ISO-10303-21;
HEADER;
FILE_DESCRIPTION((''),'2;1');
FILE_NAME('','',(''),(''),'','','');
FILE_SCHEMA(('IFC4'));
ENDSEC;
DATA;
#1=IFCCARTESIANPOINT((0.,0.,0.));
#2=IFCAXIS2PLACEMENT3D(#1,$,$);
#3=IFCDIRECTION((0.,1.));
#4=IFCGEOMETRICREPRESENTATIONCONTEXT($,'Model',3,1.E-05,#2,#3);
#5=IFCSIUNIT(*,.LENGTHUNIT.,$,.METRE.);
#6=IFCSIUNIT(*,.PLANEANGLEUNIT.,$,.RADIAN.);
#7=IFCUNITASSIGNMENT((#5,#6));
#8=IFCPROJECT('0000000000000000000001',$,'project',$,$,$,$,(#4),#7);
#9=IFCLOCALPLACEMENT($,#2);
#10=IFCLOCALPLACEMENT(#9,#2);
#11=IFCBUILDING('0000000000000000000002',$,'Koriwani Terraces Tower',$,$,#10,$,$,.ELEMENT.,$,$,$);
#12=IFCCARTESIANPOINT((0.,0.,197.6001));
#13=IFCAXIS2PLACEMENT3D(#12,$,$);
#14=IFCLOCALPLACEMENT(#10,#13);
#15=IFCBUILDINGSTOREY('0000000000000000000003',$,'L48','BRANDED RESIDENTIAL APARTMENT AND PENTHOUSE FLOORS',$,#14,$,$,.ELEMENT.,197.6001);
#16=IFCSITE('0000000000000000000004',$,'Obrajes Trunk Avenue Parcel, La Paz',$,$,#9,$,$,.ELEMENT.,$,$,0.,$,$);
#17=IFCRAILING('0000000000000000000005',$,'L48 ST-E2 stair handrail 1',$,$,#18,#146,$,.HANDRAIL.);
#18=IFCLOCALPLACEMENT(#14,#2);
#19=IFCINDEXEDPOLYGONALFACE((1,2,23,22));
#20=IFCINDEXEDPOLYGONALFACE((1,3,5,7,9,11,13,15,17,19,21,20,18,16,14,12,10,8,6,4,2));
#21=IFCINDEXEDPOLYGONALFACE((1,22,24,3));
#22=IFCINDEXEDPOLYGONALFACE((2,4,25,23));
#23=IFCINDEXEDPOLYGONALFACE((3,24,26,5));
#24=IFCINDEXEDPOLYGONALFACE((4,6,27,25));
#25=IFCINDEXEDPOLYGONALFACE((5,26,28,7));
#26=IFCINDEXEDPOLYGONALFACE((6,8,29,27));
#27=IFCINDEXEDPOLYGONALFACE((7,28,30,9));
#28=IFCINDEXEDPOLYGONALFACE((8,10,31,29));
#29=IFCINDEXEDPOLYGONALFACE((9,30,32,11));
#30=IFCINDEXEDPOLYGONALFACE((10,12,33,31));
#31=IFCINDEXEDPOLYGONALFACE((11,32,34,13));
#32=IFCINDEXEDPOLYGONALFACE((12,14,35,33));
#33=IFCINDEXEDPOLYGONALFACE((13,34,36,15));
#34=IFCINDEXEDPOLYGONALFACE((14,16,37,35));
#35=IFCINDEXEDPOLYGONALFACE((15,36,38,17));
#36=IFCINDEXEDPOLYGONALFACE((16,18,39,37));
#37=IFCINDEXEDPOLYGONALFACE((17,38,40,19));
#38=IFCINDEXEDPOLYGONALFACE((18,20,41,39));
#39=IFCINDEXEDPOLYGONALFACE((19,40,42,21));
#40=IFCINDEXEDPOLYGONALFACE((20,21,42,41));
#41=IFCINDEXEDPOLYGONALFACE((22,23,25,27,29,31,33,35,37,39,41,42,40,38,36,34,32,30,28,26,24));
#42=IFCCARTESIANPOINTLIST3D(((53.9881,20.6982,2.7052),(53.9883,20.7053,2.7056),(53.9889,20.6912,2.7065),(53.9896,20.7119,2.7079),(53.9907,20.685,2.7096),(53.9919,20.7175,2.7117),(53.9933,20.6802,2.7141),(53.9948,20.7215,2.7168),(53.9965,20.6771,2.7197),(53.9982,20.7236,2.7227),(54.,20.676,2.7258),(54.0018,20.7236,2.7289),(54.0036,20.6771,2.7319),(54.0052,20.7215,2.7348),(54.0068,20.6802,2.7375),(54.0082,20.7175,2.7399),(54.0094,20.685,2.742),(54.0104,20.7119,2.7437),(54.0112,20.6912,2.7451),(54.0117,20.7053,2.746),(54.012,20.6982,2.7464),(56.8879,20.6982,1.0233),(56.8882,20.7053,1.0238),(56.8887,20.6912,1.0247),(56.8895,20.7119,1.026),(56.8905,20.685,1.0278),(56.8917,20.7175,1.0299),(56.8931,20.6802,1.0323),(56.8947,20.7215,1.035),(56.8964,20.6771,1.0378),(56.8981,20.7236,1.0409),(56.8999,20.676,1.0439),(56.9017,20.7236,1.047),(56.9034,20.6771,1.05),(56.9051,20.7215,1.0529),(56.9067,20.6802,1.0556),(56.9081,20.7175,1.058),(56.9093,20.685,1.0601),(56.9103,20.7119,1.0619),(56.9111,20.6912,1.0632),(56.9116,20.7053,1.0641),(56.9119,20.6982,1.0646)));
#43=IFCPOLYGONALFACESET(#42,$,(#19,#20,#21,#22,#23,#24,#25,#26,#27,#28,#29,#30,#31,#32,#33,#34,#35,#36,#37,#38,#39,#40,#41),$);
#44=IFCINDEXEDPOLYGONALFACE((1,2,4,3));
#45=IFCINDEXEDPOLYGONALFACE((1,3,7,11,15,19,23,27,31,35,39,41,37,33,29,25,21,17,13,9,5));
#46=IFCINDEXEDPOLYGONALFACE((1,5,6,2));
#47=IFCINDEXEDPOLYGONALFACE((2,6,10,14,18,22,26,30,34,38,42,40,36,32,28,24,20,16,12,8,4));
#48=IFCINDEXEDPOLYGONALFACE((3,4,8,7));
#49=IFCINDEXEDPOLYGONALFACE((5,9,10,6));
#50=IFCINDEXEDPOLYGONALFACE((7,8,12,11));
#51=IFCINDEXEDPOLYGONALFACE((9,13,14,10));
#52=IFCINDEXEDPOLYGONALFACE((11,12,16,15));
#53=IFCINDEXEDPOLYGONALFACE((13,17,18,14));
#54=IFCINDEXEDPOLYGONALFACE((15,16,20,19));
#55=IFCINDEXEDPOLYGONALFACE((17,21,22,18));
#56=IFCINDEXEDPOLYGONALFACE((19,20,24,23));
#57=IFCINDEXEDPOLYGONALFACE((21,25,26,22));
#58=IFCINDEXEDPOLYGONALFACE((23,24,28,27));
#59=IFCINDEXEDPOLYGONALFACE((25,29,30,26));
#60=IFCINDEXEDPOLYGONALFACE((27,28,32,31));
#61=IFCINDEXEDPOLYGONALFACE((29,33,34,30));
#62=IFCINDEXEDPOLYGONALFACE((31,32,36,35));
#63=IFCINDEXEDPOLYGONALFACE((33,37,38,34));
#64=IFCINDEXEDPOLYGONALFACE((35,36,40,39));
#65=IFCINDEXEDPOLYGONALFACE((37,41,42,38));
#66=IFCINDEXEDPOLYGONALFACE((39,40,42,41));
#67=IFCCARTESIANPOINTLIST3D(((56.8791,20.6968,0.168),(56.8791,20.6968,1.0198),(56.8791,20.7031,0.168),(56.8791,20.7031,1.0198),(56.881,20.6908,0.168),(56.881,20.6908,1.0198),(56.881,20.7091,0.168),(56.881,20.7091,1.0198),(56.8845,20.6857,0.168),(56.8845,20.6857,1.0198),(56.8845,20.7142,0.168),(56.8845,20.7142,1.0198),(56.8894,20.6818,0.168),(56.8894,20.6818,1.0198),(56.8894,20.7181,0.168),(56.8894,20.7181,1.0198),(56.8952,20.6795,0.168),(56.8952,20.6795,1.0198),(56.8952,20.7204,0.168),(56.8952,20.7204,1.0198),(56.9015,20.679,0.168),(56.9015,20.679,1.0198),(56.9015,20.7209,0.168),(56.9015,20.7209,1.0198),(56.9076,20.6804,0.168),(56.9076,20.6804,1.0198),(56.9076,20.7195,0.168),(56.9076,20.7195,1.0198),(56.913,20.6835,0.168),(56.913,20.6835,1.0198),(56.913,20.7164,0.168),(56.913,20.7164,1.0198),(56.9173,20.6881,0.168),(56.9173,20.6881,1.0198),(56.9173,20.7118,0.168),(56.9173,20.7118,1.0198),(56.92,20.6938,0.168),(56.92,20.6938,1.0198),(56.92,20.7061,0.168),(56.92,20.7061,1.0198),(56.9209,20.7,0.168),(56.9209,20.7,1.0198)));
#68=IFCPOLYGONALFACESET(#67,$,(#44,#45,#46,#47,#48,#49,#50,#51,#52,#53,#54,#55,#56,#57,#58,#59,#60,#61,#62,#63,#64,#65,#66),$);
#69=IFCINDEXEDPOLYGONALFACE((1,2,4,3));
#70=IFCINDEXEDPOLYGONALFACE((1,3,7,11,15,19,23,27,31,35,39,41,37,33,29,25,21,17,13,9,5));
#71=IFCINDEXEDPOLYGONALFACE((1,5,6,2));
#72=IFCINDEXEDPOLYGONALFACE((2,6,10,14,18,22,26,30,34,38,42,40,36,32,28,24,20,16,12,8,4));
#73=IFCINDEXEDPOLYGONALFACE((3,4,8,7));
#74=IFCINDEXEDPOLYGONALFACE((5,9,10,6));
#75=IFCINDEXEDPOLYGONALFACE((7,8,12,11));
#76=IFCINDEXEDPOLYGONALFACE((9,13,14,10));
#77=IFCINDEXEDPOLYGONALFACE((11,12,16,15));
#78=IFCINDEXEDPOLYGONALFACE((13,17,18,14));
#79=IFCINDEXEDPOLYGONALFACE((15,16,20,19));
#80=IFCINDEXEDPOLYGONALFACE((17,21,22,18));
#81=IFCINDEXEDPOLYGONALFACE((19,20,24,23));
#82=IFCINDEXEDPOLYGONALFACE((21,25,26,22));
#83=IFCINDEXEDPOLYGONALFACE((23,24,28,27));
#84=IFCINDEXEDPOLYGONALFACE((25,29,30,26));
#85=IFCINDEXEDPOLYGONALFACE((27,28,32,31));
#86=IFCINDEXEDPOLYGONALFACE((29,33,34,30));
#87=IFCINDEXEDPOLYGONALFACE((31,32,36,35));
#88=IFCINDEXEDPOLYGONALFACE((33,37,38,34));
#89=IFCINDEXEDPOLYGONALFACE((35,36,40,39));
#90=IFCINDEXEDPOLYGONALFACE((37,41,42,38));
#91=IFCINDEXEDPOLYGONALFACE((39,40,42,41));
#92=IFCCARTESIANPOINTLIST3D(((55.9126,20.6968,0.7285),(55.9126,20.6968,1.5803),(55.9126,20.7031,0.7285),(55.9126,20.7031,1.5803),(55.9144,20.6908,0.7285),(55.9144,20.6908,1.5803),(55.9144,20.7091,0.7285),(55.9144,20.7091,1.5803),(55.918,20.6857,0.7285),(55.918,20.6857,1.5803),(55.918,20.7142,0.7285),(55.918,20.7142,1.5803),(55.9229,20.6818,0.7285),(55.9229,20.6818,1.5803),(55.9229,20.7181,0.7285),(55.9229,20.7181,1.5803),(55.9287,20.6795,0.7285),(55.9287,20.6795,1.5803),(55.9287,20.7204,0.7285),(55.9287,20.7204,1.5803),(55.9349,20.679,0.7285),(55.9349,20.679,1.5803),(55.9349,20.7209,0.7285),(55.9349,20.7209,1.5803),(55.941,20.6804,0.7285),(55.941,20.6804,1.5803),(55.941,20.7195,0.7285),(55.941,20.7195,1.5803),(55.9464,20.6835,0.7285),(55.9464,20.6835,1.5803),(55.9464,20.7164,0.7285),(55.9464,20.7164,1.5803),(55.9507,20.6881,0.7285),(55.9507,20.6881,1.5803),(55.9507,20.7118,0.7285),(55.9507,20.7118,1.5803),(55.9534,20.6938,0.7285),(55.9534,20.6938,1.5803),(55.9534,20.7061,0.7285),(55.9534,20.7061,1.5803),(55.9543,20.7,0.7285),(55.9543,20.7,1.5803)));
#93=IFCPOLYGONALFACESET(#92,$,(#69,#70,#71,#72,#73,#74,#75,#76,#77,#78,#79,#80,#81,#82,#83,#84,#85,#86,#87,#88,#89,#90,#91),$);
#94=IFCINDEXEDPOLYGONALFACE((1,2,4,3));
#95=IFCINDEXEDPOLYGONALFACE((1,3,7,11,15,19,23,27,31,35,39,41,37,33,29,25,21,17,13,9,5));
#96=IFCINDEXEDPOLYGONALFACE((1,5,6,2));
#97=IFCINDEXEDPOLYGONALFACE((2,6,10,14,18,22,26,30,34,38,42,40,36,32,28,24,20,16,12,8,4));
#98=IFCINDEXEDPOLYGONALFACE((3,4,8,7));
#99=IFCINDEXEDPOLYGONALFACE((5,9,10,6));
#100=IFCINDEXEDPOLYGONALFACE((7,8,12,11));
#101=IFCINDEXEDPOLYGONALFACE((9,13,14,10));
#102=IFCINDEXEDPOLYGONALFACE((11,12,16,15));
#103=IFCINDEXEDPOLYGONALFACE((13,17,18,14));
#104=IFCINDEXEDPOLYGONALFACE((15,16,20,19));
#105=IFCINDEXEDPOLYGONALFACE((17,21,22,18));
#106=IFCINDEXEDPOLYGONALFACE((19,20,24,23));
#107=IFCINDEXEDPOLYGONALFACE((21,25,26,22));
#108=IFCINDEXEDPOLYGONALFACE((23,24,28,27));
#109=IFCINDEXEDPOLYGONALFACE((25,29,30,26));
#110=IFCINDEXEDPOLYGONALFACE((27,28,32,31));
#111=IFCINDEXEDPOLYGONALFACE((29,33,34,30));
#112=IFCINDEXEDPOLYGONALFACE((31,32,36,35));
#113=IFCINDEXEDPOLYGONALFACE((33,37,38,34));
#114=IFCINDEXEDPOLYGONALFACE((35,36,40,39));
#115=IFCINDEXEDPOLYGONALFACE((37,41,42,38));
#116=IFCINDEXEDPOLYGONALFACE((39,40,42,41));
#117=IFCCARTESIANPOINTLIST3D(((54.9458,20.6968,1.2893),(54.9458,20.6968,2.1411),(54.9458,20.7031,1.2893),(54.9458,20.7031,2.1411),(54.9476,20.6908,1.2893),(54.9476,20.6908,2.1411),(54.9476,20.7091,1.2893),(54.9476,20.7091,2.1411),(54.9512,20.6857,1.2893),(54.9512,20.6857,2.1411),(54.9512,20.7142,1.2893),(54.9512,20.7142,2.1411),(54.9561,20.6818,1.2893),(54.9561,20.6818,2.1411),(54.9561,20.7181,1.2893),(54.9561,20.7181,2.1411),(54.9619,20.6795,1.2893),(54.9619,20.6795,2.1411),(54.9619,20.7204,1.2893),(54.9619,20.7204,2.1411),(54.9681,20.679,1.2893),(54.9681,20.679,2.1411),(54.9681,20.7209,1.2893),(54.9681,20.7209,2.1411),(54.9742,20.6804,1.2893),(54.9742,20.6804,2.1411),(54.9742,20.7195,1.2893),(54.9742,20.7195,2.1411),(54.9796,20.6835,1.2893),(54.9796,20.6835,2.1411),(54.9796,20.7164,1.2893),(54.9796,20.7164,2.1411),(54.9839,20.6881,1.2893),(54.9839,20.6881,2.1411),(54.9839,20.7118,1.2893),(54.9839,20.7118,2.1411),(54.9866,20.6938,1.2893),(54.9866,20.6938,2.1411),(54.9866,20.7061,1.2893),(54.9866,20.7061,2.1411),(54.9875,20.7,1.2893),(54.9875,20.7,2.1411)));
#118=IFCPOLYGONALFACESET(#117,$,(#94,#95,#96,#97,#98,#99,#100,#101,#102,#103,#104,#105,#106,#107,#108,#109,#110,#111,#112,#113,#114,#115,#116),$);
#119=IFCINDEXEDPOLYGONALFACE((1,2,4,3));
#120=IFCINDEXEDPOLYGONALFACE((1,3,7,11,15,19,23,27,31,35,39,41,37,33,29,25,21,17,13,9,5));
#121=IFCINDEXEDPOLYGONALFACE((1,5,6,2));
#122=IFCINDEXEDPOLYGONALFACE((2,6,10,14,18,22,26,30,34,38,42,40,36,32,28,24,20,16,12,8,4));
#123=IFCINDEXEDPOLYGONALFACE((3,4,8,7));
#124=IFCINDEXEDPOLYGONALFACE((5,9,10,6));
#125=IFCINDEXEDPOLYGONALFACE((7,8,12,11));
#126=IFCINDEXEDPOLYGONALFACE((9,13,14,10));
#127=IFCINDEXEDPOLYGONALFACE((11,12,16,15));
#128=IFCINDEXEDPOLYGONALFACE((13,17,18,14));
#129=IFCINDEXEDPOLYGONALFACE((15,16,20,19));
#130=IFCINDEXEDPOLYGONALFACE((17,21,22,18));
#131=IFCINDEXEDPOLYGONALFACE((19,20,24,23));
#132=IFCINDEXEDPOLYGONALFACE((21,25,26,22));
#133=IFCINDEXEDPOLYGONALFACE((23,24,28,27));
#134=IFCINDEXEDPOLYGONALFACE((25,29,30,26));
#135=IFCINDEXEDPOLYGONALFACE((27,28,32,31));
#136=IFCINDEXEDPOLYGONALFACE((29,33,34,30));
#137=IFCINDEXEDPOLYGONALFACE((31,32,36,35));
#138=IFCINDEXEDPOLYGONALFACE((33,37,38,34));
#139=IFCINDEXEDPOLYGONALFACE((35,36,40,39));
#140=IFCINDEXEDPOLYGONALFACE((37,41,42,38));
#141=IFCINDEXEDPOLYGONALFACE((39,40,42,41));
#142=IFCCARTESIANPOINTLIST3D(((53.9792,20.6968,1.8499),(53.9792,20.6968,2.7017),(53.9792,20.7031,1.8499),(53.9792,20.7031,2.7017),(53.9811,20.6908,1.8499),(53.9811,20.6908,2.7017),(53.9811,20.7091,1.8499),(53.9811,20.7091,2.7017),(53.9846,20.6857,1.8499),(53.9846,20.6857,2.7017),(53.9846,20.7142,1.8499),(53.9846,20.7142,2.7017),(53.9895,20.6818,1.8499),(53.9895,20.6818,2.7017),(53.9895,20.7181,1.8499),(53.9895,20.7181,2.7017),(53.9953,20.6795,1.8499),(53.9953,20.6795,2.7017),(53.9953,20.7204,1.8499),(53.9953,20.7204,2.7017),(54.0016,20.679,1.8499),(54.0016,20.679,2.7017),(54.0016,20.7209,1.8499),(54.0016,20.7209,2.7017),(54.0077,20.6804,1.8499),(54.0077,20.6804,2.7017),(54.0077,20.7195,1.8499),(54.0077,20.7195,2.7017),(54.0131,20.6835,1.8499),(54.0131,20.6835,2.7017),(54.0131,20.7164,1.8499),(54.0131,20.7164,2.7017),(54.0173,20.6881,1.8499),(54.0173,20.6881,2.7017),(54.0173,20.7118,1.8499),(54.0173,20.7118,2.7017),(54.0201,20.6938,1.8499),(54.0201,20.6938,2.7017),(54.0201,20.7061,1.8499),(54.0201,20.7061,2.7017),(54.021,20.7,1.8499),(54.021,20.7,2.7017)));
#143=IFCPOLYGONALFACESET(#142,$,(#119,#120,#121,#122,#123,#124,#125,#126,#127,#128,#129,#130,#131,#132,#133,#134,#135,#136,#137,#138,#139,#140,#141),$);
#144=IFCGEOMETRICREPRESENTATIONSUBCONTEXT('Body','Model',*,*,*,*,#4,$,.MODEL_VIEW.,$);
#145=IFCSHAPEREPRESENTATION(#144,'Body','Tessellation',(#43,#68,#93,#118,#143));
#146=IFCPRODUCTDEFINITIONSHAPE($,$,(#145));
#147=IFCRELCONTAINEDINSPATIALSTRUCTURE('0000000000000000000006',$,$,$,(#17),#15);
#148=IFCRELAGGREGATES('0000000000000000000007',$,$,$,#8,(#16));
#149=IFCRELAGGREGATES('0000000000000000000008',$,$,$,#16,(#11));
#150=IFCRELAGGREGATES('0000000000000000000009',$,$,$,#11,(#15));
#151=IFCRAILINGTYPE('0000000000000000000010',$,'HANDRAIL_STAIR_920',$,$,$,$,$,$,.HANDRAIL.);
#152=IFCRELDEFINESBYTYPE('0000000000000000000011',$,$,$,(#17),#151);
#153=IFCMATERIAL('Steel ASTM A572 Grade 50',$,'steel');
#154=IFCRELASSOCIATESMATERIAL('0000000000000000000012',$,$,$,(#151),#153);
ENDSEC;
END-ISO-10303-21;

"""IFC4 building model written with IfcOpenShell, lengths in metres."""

from ifc_helpers import new_model, si_unit, direction, frame, origin, origin_2d, place, context, subcontext, project, spatial, circle, extrude, material, type_object, element, save


model = new_model("IFC4")

# Units and contexts
model_context = context("Model", 3, precision=1e-05, world=origin(), true_north=direction((0.0, 1.0)))
body_context = subcontext(model_context, "Body", "Model", "MODEL_VIEW")
ifc_project = project(units=[si_unit("LENGTHUNIT", "METRE"), si_unit("PLANEANGLEUNIT", "RADIAN")], contexts=[model_context])

# Site, building, storey
site_placement = place(None, origin())
site = spatial("IfcSite", under=ifc_project, at=site_placement, Name="Obrajes Trunk Avenue Parcel, La Paz", CompositionType="ELEMENT", RefElevation=0.0)
building_placement = place(site_placement, origin())
building = spatial("IfcBuilding", under=site, at=building_placement, Name="Koriwani Terraces Tower", CompositionType="ELEMENT")
storey_placement = place(building_placement, frame((0.0, 0.0, 197.6001)))
storey = spatial("IfcBuildingStorey", under=building, at=storey_placement, Name="L48", Description="BRANDED RESIDENTIAL APARTMENT AND PENTHOUSE FLOORS", CompositionType="ELEMENT", Elevation=197.6001)

# Shared definitions
ifc_material_1 = material(Name="Steel ASTM A572 Grade 50", Category="steel")

# Railing
railing_type_1 = type_object("IfcRailingType", Name="HANDRAIL_STAIR_920", PredefinedType="HANDRAIL", material=ifc_material_1)
railing_1_placement = place(storey_placement, frame((56.8999, 20.7, 0.168)))
element("IfcRailing", 1, at=railing_1_placement, inside=storey, type_object=railing_type_1, Name="L48 ST-E2 stair handrail 1", PredefinedType="HANDRAIL", context=body_context, shape_type="SweptSolid", body=[
    extrude(circle(Radius=0.0239, at=origin_2d()), frame((0.0, 0.0, 0.876), z_axis=(-0.865039, 0.0, 0.501705), x_axis=(0.0, -1.0, 0.0)), (0.0, 0.0, 1.0), 3.3523),
    extrude(circle(Radius=0.021, at=origin_2d()), origin(), (0.0, 0.0, 1.0), 0.8518),
    extrude(circle(Radius=0.021, at=origin_2d()), frame((-0.9666, 0.0, 0.5605)), (0.0, 0.0, 1.0), 0.8518),
    extrude(circle(Radius=0.021, at=origin_2d()), frame((-1.9333, 0.0, 1.1213)), (0.0, 0.0, 1.0), 0.8518),
    extrude(circle(Radius=0.021, at=origin_2d()), frame((-2.8999, 0.0, 1.6819)), (0.0, 0.0, 1.0), 0.8518),
])

save(model, "model.ifc")
